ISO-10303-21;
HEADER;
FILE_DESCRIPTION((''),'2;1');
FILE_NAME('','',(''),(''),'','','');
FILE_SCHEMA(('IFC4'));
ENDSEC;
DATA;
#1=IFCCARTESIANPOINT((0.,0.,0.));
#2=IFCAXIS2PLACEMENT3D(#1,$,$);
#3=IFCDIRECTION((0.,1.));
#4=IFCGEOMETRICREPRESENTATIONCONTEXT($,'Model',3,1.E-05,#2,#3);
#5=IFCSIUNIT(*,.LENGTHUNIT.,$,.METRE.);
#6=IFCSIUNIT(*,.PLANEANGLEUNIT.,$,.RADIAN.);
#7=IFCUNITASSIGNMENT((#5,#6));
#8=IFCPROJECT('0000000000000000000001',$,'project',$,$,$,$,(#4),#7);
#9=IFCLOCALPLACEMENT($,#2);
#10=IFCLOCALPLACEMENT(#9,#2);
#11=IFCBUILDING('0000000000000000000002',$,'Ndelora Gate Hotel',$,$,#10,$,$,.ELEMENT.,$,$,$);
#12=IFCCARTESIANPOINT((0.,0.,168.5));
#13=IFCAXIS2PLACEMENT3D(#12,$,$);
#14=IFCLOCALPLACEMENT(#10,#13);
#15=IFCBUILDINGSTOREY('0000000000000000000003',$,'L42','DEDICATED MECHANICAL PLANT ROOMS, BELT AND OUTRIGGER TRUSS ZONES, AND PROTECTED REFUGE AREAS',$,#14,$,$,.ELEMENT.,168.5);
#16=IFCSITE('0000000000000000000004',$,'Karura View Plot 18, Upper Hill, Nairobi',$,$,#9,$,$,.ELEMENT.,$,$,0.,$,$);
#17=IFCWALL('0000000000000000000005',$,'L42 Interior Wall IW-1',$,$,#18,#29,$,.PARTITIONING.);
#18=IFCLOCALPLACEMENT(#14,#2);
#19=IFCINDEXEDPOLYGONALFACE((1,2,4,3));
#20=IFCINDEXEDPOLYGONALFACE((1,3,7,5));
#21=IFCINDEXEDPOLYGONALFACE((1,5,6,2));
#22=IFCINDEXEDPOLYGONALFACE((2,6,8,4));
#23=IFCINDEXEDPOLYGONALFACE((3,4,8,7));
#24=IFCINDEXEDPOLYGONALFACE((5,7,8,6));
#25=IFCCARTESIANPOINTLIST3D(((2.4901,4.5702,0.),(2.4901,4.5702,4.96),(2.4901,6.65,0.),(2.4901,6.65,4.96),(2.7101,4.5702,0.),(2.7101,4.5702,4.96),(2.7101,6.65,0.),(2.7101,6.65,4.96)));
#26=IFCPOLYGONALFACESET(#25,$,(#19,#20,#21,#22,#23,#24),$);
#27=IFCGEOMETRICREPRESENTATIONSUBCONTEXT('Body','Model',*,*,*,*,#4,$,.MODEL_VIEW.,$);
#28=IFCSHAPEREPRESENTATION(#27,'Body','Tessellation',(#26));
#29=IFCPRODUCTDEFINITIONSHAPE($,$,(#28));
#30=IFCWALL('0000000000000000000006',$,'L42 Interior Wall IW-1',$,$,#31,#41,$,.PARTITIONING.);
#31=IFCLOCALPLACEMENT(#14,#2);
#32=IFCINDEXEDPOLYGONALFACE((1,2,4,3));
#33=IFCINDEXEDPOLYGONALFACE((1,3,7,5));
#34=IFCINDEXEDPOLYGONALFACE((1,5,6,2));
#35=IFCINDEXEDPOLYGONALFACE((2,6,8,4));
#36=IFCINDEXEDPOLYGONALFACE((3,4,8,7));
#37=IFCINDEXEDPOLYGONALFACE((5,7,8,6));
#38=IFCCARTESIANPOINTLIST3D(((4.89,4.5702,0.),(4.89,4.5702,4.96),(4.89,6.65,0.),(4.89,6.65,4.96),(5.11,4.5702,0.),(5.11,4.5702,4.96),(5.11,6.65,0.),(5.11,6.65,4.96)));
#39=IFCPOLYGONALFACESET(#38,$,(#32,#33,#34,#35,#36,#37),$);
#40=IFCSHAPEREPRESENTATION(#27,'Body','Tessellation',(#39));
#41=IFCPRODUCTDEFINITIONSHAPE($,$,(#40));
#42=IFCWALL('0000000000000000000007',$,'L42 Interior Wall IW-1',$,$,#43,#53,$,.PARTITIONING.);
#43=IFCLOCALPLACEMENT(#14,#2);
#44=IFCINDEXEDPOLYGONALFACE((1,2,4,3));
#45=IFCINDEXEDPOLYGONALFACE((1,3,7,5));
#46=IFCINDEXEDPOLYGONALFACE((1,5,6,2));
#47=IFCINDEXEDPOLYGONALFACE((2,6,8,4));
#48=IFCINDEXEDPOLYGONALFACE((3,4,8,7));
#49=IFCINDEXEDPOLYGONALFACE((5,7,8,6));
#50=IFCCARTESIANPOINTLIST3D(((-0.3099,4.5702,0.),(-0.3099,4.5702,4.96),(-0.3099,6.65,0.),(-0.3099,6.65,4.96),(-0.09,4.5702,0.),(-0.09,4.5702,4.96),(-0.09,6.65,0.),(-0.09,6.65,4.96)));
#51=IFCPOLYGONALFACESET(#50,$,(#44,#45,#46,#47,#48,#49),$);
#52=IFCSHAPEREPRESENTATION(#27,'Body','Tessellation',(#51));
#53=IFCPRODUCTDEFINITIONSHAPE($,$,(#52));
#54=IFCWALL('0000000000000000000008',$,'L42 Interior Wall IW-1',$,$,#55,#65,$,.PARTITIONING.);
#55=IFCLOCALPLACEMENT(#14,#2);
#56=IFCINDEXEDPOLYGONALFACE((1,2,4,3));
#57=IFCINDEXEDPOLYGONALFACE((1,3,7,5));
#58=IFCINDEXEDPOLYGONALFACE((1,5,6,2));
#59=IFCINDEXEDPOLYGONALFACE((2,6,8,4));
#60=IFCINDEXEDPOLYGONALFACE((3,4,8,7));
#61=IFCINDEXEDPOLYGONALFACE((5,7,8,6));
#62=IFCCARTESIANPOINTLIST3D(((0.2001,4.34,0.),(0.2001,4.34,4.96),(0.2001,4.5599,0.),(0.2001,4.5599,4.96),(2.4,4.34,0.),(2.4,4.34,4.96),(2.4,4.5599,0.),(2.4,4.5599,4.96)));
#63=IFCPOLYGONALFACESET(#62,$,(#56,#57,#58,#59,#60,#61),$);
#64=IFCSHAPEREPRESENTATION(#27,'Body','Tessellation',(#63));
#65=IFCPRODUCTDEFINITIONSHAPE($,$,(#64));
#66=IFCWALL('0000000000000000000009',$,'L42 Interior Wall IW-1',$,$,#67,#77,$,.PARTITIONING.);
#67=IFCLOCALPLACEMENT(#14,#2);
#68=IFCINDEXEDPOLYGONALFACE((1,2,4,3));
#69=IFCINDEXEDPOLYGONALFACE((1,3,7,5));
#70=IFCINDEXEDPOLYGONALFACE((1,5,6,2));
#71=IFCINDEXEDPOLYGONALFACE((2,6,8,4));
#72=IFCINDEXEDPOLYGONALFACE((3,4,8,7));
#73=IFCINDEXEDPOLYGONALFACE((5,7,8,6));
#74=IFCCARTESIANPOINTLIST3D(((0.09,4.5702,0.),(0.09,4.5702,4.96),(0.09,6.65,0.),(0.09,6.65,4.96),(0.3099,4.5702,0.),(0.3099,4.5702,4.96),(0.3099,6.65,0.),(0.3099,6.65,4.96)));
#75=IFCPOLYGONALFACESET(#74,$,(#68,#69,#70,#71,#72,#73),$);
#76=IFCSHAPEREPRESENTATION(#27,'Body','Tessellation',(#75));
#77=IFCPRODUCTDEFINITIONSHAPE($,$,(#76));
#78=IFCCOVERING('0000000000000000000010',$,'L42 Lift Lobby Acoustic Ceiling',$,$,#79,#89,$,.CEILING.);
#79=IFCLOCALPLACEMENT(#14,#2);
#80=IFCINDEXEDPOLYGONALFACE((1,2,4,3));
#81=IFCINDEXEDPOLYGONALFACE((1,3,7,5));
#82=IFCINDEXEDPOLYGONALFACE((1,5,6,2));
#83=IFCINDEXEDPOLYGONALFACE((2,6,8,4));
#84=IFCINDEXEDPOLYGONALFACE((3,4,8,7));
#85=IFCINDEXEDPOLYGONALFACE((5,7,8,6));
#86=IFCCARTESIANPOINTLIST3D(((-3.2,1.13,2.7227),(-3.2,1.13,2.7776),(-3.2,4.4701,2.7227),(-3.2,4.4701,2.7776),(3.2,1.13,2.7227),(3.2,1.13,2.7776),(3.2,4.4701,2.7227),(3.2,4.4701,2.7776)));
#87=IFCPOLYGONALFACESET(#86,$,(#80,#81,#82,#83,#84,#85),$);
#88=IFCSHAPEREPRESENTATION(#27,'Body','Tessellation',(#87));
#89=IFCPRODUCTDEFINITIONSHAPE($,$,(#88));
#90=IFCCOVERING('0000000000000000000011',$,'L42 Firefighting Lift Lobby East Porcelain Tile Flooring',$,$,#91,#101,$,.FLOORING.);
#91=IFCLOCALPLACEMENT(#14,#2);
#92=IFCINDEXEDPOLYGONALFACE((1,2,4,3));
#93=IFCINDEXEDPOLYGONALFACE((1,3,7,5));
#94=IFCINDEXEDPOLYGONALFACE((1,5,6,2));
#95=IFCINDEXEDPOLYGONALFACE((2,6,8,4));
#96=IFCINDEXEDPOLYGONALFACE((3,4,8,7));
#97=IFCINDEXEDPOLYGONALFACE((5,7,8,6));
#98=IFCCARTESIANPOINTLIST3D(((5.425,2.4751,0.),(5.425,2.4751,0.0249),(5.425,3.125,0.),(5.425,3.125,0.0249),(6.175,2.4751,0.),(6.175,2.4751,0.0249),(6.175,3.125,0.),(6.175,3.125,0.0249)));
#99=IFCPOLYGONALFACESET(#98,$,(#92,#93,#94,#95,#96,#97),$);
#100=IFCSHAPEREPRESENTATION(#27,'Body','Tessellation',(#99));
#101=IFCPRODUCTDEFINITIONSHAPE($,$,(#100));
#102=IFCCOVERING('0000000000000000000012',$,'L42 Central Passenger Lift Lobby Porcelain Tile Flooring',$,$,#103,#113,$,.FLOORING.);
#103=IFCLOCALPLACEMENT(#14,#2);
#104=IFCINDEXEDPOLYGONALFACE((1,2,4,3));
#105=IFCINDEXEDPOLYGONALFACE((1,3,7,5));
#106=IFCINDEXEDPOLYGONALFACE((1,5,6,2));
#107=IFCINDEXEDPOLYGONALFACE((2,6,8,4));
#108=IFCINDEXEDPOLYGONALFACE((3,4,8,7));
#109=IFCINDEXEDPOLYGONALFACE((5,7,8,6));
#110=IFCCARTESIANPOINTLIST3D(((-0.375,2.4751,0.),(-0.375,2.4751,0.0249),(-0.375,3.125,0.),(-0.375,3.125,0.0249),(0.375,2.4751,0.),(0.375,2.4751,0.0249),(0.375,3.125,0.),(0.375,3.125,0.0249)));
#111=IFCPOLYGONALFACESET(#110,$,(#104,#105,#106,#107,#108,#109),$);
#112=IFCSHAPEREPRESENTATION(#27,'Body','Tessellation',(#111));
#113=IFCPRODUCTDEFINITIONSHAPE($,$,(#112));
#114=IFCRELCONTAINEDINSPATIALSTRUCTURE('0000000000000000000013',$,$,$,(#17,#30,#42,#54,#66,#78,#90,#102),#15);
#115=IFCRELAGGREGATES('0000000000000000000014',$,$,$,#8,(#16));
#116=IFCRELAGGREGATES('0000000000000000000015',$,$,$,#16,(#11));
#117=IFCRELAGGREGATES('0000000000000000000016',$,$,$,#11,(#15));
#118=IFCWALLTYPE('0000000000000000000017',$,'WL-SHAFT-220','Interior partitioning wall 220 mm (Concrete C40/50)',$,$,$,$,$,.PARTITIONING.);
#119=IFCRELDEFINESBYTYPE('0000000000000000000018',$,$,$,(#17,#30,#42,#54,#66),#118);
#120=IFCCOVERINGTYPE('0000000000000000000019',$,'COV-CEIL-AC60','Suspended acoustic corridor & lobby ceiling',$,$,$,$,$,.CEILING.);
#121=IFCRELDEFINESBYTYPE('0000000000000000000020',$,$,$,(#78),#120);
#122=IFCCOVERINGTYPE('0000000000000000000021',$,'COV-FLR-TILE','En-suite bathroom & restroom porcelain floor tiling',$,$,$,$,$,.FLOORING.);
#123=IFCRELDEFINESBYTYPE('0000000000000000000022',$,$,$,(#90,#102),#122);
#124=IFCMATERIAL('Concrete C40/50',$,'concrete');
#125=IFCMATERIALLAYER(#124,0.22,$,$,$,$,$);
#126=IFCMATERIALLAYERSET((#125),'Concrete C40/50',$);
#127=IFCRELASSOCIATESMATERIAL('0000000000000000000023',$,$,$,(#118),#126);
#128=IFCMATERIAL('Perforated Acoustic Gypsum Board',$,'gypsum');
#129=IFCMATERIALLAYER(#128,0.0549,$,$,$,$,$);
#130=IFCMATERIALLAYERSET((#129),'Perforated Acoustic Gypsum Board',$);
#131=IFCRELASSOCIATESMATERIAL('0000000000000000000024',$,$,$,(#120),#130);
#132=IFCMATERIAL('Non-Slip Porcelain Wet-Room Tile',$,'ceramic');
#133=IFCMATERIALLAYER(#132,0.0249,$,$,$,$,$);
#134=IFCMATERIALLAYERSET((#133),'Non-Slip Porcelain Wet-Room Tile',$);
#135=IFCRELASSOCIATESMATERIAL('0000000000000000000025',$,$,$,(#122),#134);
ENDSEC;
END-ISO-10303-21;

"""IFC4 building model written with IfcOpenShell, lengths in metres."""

from ifc_helpers import new_model, si_unit, direction, frame, frame_2d, origin, origin_2d, place, context, subcontext, project, spatial, rectangle, extrude, material, layer, layer_set, type_object, element, save


model = new_model("IFC4")

# Units and contexts
model_context = context("Model", 3, precision=1e-05, world=origin(), true_north=direction((0.0, 1.0)))
body_context = subcontext(model_context, "Body", "Model", "MODEL_VIEW")
ifc_project = project(units=[si_unit("LENGTHUNIT", "METRE"), si_unit("PLANEANGLEUNIT", "RADIAN")], contexts=[model_context])

# Site, building, storey
site_placement = place(None, origin())
site = spatial("IfcSite", under=ifc_project, at=site_placement, Name="Karura View Plot 18, Upper Hill, Nairobi", CompositionType="ELEMENT", RefElevation=0.0)
building_placement = place(site_placement, origin())
building = spatial("IfcBuilding", under=site, at=building_placement, Name="Ndelora Gate Hotel", CompositionType="ELEMENT")
storey_placement = place(building_placement, frame((0.0, 0.0, 168.5)))
storey = spatial("IfcBuildingStorey", under=building, at=storey_placement, Name="L42", Description="DEDICATED MECHANICAL PLANT ROOMS, BELT AND OUTRIGGER TRUSS ZONES, AND PROTECTED REFUGE AREAS", CompositionType="ELEMENT", Elevation=168.5)

# Shared definitions
ifc_material_1 = material(Name="Concrete C40/50", Category="concrete")
ifc_layer_1 = layer(ifc_material_1, 0.22)
ifc_layer_set_1 = layer_set([ifc_layer_1], Name="Concrete C40/50")
wall_type_1 = type_object("IfcWallType", Name="WL-SHAFT-220", Description="Interior partitioning wall 220 mm (Concrete C40/50)", PredefinedType="PARTITIONING", material=ifc_layer_set_1)

# Walls
for number, where, z_axis, x_axis, name in (
    (1, (2.6001, 4.5701, 0.0), (0.0, 0.0, 1.0), (0.0, 1.0, 0.0), "L42 Interior Wall IW-1"),
    (2, (5.0, 4.5701, 0.0), (0.0, 0.0, 1.0), (0.0, 1.0, 0.0), "L42 Interior Wall IW-1"),
    (3, (-0.2, 4.5701, 0.0), (0.0, 0.0, 1.0), (0.0, 1.0, 0.0), "L42 Interior Wall IW-1"),
):
    element("IfcWall", number, at=place(storey_placement, frame(where, z_axis=z_axis, x_axis=x_axis)), inside=storey, type_object=wall_type_1, Name=name, PredefinedType="PARTITIONING", context=body_context, shape_type="SweptSolid", body=[
        extrude(rectangle(XDim=2.0798, YDim=0.22, at=frame_2d((1.04, 0.0))), origin(), (0.0, 0.0, 1.0), 4.96),
    ])
wall_1_placement = place(storey_placement, frame((0.2, 4.45, 0.0), z_axis=(0.0, 0.0, 1.0), x_axis=(1.0, 0.0, 0.0)))
element("IfcWall", 4, at=wall_1_placement, inside=storey, type_object=wall_type_1, Name="L42 Interior Wall IW-1", PredefinedType="PARTITIONING", context=body_context, shape_type="SweptSolid", body=[
    extrude(rectangle(XDim=2.2, YDim=0.22, at=frame_2d((1.1001, 0.0))), origin(), (0.0, 0.0, 1.0), 4.96),
])
wall_2_placement = place(storey_placement, frame((0.2, 4.5701, 0.0), z_axis=(0.0, 0.0, 1.0), x_axis=(0.0, 1.0, 0.0)))
element("IfcWall", 5, at=wall_2_placement, inside=storey, type_object=wall_type_1, Name="L42 Interior Wall IW-1", PredefinedType="PARTITIONING", context=body_context, shape_type="SweptSolid", body=[
    extrude(rectangle(XDim=2.0798, YDim=0.22, at=frame_2d((1.04, 0.0))), origin(), (0.0, 0.0, 1.0), 4.96),
])

# Coverings
ifc_material_2 = material(Name="Perforated Acoustic Gypsum Board", Category="gypsum")
ifc_layer_2 = layer(ifc_material_2, 0.0549)
ifc_layer_set_2 = layer_set([ifc_layer_2], Name="Perforated Acoustic Gypsum Board")
covering_type_1 = type_object("IfcCoveringType", Name="COV-CEIL-AC60", Description="Suspended acoustic corridor & lobby ceiling", PredefinedType="CEILING", material=ifc_layer_set_2)
covering_placement = place(storey_placement, frame((0.0, 2.8, 2.7227), z_axis=(0.0, 0.0, 1.0), x_axis=(1.0, 0.0, 0.0)))
element("IfcCovering", 6, at=covering_placement, inside=storey, type_object=covering_type_1, Name="L42 Lift Lobby Acoustic Ceiling", PredefinedType="CEILING", context=body_context, shape_type="SweptSolid", body=[
    extrude(rectangle(XDim=6.3999, YDim=3.3401, at=origin_2d()), origin(), (0.0, 0.0, 1.0), 0.0549),
])
ifc_material_3 = material(Name="Non-Slip Porcelain Wet-Room Tile", Category="ceramic")
ifc_layer_3 = layer(ifc_material_3, 0.0249)
ifc_layer_set_3 = layer_set([ifc_layer_3], Name="Non-Slip Porcelain Wet-Room Tile")
covering_type_2 = type_object("IfcCoveringType", Name="COV-FLR-TILE", Description="En-suite bathroom & restroom porcelain floor tiling", PredefinedType="FLOORING", material=ifc_layer_set_3)
for number, where, z_axis, x_axis, name in (
    (7, (5.8, 2.8, 0.0), (0.0, 0.0, 1.0), (1.0, 0.0, 0.0), "L42 Firefighting Lift Lobby East Porcelain Tile Flooring"),
    (8, (0.0, 2.8, 0.0), (0.0, 0.0, 1.0), (1.0, 0.0, 0.0), "L42 Central Passenger Lift Lobby Porcelain Tile Flooring"),
):
    element("IfcCovering", number, at=place(storey_placement, frame(where, z_axis=z_axis, x_axis=x_axis)), inside=storey, type_object=covering_type_2, Name=name, PredefinedType="FLOORING", context=body_context, shape_type="SweptSolid", body=[
        extrude(rectangle(XDim=0.75, YDim=0.6499, at=origin_2d()), origin(), (0.0, 0.0, 1.0), 0.0249),
    ])

save(model, "model.ifc")
